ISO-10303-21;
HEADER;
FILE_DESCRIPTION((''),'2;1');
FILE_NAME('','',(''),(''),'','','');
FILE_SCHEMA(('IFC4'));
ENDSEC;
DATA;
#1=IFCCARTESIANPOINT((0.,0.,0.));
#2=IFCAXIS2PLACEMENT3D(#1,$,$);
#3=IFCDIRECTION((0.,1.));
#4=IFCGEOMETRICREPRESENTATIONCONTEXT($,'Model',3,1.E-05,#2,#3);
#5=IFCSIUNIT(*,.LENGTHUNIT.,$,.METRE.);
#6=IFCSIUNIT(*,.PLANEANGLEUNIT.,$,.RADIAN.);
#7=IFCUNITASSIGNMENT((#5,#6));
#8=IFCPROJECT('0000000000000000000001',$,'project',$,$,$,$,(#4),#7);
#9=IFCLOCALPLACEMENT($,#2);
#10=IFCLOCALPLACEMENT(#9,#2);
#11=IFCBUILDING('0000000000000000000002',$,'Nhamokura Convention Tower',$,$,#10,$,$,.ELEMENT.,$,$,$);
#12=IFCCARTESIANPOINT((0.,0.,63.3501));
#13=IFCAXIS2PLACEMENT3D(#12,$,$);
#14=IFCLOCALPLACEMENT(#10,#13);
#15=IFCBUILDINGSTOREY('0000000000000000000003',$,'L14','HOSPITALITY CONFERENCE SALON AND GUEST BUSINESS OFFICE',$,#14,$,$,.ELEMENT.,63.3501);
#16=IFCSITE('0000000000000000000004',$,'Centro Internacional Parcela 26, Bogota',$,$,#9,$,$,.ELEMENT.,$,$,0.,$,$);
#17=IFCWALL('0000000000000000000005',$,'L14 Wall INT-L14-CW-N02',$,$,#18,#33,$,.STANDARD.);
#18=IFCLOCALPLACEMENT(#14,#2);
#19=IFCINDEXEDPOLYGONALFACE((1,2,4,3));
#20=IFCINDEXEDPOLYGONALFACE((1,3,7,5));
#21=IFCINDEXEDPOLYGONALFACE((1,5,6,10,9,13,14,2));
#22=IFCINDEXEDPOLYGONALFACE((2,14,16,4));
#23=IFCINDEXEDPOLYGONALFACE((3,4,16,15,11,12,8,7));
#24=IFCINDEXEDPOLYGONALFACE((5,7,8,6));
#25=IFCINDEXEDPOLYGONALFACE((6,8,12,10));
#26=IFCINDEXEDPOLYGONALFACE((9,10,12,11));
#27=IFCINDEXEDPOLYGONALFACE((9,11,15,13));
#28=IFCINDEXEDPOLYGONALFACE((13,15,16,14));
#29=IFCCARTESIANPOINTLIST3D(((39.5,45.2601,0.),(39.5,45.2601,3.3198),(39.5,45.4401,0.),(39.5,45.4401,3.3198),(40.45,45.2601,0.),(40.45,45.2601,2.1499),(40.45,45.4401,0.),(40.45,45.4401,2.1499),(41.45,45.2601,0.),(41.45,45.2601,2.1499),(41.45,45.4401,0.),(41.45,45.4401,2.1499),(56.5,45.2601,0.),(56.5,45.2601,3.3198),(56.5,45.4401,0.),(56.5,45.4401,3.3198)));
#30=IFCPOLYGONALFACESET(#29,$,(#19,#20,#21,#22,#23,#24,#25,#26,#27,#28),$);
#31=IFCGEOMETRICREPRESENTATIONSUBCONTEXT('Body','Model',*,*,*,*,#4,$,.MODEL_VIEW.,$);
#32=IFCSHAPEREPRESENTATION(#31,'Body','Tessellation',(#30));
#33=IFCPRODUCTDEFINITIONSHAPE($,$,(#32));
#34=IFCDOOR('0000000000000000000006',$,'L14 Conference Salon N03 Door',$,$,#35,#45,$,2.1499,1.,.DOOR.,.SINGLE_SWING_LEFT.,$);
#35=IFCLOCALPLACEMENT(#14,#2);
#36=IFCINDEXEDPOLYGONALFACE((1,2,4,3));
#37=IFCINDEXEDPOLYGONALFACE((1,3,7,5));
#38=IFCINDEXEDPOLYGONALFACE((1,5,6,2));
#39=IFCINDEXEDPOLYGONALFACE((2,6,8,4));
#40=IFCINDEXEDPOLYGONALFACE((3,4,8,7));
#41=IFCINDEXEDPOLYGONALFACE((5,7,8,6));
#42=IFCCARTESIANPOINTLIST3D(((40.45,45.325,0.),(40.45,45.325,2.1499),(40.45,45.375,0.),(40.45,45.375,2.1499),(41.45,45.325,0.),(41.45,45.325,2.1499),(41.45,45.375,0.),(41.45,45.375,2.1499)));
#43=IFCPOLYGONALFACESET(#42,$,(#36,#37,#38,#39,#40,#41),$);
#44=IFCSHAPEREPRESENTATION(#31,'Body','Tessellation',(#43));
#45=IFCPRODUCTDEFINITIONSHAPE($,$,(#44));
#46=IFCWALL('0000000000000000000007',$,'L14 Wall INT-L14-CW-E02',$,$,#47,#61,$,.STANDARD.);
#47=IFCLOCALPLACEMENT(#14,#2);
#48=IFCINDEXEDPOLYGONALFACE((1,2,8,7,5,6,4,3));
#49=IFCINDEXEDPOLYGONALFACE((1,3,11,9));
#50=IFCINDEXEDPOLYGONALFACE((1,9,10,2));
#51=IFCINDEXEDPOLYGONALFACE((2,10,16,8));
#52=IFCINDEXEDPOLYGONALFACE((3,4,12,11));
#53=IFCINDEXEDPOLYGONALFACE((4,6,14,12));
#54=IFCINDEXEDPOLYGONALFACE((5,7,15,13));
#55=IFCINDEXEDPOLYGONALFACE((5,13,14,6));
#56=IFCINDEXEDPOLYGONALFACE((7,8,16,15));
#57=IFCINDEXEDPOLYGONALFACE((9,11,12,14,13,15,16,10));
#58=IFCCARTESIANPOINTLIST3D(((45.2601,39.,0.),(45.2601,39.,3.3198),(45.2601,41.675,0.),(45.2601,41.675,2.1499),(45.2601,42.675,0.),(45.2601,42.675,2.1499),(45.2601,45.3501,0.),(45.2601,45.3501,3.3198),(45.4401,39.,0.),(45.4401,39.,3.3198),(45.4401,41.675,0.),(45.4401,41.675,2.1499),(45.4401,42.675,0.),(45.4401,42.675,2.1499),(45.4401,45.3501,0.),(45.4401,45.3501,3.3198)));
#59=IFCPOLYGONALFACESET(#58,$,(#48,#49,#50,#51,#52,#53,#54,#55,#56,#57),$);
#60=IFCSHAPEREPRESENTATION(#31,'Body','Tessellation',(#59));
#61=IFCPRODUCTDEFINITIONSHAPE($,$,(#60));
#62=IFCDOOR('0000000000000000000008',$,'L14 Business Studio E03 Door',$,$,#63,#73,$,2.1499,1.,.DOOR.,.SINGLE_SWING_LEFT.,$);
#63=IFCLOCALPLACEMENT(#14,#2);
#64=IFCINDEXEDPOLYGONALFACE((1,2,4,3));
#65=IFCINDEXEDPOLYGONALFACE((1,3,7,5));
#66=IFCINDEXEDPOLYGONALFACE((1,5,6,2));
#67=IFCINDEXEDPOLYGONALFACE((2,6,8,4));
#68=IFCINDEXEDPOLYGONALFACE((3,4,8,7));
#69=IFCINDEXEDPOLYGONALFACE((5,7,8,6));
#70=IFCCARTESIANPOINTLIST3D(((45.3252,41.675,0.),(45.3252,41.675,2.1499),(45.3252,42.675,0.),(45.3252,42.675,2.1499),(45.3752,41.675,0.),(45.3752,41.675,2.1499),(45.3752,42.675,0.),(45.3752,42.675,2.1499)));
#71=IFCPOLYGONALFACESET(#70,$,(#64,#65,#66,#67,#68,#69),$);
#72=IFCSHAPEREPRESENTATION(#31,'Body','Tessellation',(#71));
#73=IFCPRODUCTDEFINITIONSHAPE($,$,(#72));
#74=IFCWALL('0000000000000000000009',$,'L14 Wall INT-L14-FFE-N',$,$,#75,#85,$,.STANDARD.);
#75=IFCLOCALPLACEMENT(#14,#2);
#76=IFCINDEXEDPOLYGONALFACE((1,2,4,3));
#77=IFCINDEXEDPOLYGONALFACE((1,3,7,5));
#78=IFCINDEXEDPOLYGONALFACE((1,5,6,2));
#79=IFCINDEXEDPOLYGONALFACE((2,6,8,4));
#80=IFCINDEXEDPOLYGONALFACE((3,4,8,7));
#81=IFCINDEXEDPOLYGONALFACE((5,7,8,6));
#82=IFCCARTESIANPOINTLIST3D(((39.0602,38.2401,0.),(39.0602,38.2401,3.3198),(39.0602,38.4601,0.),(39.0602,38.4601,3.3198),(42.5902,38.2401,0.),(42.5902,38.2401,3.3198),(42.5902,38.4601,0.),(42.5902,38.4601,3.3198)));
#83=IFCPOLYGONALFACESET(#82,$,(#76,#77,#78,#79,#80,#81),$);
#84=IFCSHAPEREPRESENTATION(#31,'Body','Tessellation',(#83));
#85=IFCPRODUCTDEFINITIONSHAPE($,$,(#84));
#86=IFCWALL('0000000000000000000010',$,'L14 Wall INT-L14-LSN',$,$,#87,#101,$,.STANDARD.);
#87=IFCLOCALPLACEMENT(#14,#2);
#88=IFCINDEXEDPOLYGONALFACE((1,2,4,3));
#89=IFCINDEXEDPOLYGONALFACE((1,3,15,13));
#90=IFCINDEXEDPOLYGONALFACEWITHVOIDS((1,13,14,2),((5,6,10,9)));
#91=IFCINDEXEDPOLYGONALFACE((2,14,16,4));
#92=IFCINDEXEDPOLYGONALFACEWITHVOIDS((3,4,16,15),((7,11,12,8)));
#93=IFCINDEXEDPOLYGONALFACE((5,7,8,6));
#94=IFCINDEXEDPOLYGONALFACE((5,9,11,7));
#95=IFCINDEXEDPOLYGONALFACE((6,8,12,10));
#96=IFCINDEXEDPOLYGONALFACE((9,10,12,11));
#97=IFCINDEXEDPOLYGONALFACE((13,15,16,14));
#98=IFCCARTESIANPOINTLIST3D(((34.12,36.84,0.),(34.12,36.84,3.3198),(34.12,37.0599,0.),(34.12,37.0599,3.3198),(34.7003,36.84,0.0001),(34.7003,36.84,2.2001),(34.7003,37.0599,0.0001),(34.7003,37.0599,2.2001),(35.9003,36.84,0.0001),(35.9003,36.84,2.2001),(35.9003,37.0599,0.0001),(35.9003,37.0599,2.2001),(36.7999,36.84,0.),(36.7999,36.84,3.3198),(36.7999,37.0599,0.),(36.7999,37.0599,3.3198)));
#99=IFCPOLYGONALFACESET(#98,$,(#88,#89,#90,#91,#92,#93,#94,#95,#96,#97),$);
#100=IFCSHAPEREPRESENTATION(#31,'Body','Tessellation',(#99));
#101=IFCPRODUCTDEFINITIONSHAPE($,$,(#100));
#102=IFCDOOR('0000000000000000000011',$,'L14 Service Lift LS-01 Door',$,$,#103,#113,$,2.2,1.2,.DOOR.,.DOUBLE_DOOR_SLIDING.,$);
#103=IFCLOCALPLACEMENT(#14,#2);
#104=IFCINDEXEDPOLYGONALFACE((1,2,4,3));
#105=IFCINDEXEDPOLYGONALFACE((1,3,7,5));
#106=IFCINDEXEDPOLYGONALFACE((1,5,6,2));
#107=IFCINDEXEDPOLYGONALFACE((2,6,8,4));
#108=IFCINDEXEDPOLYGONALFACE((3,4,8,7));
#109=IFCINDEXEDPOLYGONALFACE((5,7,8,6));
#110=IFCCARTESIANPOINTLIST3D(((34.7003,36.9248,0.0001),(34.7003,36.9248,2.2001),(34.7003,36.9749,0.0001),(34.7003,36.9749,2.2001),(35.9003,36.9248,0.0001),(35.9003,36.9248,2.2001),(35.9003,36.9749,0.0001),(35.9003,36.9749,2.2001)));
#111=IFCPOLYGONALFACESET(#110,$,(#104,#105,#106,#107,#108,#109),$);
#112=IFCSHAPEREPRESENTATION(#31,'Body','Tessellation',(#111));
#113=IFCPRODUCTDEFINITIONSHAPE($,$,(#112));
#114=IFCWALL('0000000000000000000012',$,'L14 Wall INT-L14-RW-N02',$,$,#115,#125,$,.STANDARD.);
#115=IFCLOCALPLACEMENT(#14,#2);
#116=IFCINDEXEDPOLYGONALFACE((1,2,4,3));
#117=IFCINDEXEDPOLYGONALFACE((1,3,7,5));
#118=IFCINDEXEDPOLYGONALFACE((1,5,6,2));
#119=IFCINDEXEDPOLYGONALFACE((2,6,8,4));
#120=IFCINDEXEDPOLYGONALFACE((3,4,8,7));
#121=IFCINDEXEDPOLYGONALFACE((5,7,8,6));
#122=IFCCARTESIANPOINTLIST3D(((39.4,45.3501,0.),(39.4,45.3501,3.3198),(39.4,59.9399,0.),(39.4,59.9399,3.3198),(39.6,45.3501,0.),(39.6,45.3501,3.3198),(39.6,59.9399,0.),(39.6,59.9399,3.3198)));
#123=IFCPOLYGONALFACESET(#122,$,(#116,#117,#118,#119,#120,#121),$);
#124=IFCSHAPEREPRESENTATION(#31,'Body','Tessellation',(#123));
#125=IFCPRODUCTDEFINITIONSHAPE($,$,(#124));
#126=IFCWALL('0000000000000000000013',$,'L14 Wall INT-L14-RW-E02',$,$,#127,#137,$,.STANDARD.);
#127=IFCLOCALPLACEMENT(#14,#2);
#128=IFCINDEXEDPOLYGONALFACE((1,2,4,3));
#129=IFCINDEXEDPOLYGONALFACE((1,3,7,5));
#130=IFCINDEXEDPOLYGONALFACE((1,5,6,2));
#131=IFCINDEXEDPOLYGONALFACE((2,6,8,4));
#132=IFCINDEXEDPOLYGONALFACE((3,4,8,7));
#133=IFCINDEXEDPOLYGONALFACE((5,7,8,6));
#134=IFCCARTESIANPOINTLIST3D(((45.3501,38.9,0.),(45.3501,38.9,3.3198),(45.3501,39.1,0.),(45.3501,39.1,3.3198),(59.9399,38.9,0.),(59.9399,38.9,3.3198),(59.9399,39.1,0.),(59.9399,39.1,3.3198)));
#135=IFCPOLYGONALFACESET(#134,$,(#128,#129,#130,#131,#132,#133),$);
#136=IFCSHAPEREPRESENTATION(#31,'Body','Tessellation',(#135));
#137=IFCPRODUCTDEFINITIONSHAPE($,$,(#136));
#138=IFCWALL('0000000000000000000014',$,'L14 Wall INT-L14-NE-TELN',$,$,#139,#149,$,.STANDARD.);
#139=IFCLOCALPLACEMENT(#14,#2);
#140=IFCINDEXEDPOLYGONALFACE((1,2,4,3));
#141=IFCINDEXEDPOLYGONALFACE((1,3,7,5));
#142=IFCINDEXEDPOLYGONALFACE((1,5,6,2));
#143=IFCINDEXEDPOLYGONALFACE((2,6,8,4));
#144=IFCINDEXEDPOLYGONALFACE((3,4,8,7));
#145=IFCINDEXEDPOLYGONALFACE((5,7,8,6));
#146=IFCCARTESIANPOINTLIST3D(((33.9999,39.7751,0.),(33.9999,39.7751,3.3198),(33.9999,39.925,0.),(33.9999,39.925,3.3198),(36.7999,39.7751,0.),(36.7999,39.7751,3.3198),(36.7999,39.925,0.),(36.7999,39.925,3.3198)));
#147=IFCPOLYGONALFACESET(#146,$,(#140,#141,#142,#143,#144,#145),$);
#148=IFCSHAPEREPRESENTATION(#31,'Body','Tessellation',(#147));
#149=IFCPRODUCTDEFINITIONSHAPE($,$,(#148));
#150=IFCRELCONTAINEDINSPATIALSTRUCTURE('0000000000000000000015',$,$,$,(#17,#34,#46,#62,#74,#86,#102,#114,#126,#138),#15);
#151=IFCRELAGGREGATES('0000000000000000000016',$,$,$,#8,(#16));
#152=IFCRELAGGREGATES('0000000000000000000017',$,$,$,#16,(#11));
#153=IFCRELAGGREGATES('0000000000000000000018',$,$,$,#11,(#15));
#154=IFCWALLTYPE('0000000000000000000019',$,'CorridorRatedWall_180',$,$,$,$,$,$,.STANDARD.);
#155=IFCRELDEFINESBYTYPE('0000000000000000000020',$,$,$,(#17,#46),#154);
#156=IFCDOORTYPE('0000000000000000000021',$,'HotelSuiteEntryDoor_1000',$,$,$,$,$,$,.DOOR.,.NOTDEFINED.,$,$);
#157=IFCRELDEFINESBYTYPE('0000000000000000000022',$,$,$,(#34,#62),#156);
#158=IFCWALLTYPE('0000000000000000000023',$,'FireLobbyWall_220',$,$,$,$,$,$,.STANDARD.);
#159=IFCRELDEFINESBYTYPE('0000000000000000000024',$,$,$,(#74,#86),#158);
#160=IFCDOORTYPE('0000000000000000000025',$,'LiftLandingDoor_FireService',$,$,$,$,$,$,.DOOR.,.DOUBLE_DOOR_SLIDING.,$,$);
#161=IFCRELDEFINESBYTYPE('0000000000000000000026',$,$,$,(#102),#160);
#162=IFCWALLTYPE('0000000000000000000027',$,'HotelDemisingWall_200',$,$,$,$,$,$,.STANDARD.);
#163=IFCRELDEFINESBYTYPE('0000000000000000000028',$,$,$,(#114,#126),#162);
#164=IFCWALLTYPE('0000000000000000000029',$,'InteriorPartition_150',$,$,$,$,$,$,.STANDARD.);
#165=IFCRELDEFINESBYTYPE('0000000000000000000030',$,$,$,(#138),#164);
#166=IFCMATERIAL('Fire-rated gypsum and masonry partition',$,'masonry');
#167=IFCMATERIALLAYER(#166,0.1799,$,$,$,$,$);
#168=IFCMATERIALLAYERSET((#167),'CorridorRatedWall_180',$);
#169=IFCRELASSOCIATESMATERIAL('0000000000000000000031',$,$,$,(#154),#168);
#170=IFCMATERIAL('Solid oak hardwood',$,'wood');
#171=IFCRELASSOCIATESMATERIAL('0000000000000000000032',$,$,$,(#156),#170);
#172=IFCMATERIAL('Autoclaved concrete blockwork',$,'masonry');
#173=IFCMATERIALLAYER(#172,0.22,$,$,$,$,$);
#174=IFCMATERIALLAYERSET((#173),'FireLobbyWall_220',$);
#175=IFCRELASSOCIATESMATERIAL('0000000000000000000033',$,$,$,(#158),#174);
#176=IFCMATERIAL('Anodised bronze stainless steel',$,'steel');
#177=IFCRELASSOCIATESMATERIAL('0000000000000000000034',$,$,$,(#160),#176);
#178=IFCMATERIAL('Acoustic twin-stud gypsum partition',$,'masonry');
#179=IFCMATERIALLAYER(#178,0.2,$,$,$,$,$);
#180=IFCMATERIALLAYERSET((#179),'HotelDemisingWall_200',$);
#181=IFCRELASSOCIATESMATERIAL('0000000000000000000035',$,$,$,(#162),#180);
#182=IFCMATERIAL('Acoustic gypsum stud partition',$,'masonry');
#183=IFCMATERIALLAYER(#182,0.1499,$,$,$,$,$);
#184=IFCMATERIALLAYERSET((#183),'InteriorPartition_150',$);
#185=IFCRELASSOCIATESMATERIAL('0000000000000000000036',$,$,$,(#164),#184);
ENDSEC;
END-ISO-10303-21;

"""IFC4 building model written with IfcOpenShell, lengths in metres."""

from ifc_helpers import new_model, si_unit, direction, frame, frame_2d, origin, place, context, subcontext, project, spatial, rectangle, extrude, material, layer, layer_set, type_object, element, fill, save


model = new_model("IFC4")

# Units and contexts
model_context = context("Model", 3, precision=1e-05, world=origin(), true_north=direction((0.0, 1.0)))
body_context = subcontext(model_context, "Body", "Model", "MODEL_VIEW")
ifc_project = project(units=[si_unit("LENGTHUNIT", "METRE"), si_unit("PLANEANGLEUNIT", "RADIAN")], contexts=[model_context])

# Site, building, storey
site_placement = place(None, origin())
site = spatial("IfcSite", under=ifc_project, at=site_placement, Name="Centro Internacional Parcela 26, Bogota", CompositionType="ELEMENT", RefElevation=0.0)
building_placement = place(site_placement, origin())
building = spatial("IfcBuilding", under=site, at=building_placement, Name="Nhamokura Convention Tower", CompositionType="ELEMENT")
storey_placement = place(building_placement, frame((0.0, 0.0, 63.3501)))
storey = spatial("IfcBuildingStorey", under=building, at=storey_placement, Name="L14", Description="HOSPITALITY CONFERENCE SALON AND GUEST BUSINESS OFFICE", CompositionType="ELEMENT", Elevation=63.3501)

# Walls, openings, doors
ifc_material_1 = material(Name="Fire-rated gypsum and masonry partition", Category="masonry")
ifc_layer_1 = layer(ifc_material_1, 0.1799)
ifc_layer_set_1 = layer_set([ifc_layer_1], Name="CorridorRatedWall_180")
wall_type_1 = type_object("IfcWallType", Name="CorridorRatedWall_180", PredefinedType="STANDARD", material=ifc_layer_set_1)
wall_1_placement = place(storey_placement, frame((39.5, 45.3501, 0.0), z_axis=(0.0, 0.0, 1.0), x_axis=(1.0, 0.0, 0.0)))
wall_1 = element("IfcWall", 1, at=wall_1_placement, inside=storey, type_object=wall_type_1, Name="L14 Wall INT-L14-CW-N02", PredefinedType="STANDARD", context=body_context, shape_type="SweptSolid", body=[
    extrude(rectangle(XDim=17.0, YDim=0.1799, at=frame_2d((8.5, 0.0))), origin(), (0.0, 0.0, 1.0), 3.3198),
])
opening_1_placement = place(wall_1_placement, frame((0.95, 0.0, 0.0)))
opening_1 = element("IfcOpeningElement", 2, at=opening_1_placement, cuts=wall_1, PredefinedType="OPENING", context=body_context, shape_type="SweptSolid", body=[
    extrude(rectangle(XDim=1.0, YDim=2.1499, at=frame_2d((0.5, 1.075))), frame((0.0, 0.0999, 0.0), z_axis=(0.0, -1.0, 0.0), x_axis=(1.0, 0.0, 0.0)), (0.0, 0.0, 1.0), 0.2),
])
ifc_material_2 = material(Name="Solid oak hardwood", Category="wood")
door_type_1 = type_object("IfcDoorType", Name="HotelSuiteEntryDoor_1000", OperationType="NOTDEFINED", PredefinedType="DOOR", material=ifc_material_2)
door_1_placement = place(opening_1_placement, origin())
door_1 = element("IfcDoor", 3, at=door_1_placement, inside=storey, type_object=door_type_1, Name="L14 Conference Salon N03 Door", OperationType="SINGLE_SWING_LEFT", OverallHeight=2.1499, OverallWidth=1.0, PredefinedType="DOOR", context=body_context, shape_type="SweptSolid", body=[
    extrude(rectangle(XDim=1.0, YDim=2.1499, at=frame_2d((0.5, 1.075))), frame((0.0, 0.0249, 0.0), z_axis=(0.0, -1.0, 0.0), x_axis=(1.0, 0.0, 0.0)), (0.0, 0.0, 1.0), 0.05),
])
fill(opening_1, door_1)
wall_2_placement = place(storey_placement, frame((45.3501, 39.0, 0.0), z_axis=(0.0, 0.0, 1.0), x_axis=(0.0, 1.0, 0.0)))
wall_2 = element("IfcWall", 4, at=wall_2_placement, inside=storey, type_object=wall_type_1, Name="L14 Wall INT-L14-CW-E02", PredefinedType="STANDARD", context=body_context, shape_type="SweptSolid", body=[
    extrude(rectangle(XDim=6.3501, YDim=0.1799, at=frame_2d((3.175, 0.0))), origin(), (0.0, 0.0, 1.0), 3.3198),
])
opening_2_placement = place(wall_2_placement, frame((2.675, 0.0, 0.0)))
opening_2 = element("IfcOpeningElement", 5, at=opening_2_placement, cuts=wall_2, PredefinedType="OPENING", context=body_context, shape_type="SweptSolid", body=[
    extrude(rectangle(XDim=1.0, YDim=2.1499, at=frame_2d((0.5, 1.075))), frame((0.0, 0.0999, 0.0), z_axis=(0.0, -1.0, 0.0), x_axis=(1.0, 0.0, 0.0)), (0.0, 0.0, 1.0), 0.2),
])
door_2_placement = place(opening_2_placement, origin())
door_2 = element("IfcDoor", 6, at=door_2_placement, inside=storey, type_object=door_type_1, Name="L14 Business Studio E03 Door", OperationType="SINGLE_SWING_LEFT", OverallHeight=2.1499, OverallWidth=1.0, PredefinedType="DOOR", context=body_context, shape_type="SweptSolid", body=[
    extrude(rectangle(XDim=1.0, YDim=2.1499, at=frame_2d((0.5, 1.075))), frame((0.0, 0.0249, 0.0), z_axis=(0.0, -1.0, 0.0), x_axis=(1.0, 0.0, 0.0)), (0.0, 0.0, 1.0), 0.05),
])
fill(opening_2, door_2)

# Wall
ifc_material_3 = material(Name="Autoclaved concrete blockwork", Category="masonry")
ifc_layer_2 = layer(ifc_material_3, 0.22)
ifc_layer_set_2 = layer_set([ifc_layer_2], Name="FireLobbyWall_220")
wall_type_2 = type_object("IfcWallType", Name="FireLobbyWall_220", PredefinedType="STANDARD", material=ifc_layer_set_2)
wall_3_placement = place(storey_placement, frame((39.0601, 38.3501, 0.0), z_axis=(0.0, 0.0, 1.0), x_axis=(1.0, 0.0, 0.0)))
element("IfcWall", 7, at=wall_3_placement, inside=storey, type_object=wall_type_2, Name="L14 Wall INT-L14-FFE-N", PredefinedType="STANDARD", context=body_context, shape_type="SweptSolid", body=[
    extrude(rectangle(XDim=3.53, YDim=0.22, at=frame_2d((1.7651, 0.0))), origin(), (0.0, 0.0, 1.0), 3.3198),
])

# Wall, opening, door
wall_4_placement = place(storey_placement, frame((34.1201, 36.95, 0.0), z_axis=(0.0, 0.0, 1.0), x_axis=(1.0, 0.0, 0.0)))
wall_4 = element("IfcWall", 8, at=wall_4_placement, inside=storey, type_object=wall_type_2, Name="L14 Wall INT-L14-LSN", PredefinedType="STANDARD", context=body_context, shape_type="SweptSolid", body=[
    extrude(rectangle(XDim=2.6799, YDim=0.22, at=frame_2d((1.3398, 0.0))), origin(), (0.0, 0.0, 1.0), 3.3198),
])
opening_3_placement = place(wall_4_placement, frame((0.5801, 0.0, 0.0)))
opening_3 = element("IfcOpeningElement", 9, at=opening_3_placement, cuts=wall_4, PredefinedType="OPENING", context=body_context, shape_type="SweptSolid", body=[
    extrude(rectangle(XDim=1.2, YDim=2.2, at=frame_2d((0.6001, 1.1001))), frame((0.0, 0.1199, 0.0), z_axis=(0.0, -1.0, 0.0), x_axis=(1.0, 0.0, 0.0)), (0.0, 0.0, 1.0), 0.24),
])
ifc_material_4 = material(Name="Anodised bronze stainless steel", Category="steel")
door_type_2 = type_object("IfcDoorType", Name="LiftLandingDoor_FireService", OperationType="DOUBLE_DOOR_SLIDING", PredefinedType="DOOR", material=ifc_material_4)
door_3_placement = place(opening_3_placement, origin())
door_3 = element("IfcDoor", 10, at=door_3_placement, inside=storey, type_object=door_type_2, Name="L14 Service Lift LS-01 Door", OperationType="DOUBLE_DOOR_SLIDING", OverallHeight=2.2, OverallWidth=1.2, PredefinedType="DOOR", context=body_context, shape_type="SweptSolid", body=[
    extrude(rectangle(XDim=1.2, YDim=2.2, at=frame_2d((0.6001, 1.1001))), frame((0.0, 0.0249, 0.0), z_axis=(0.0, -1.0, 0.0), x_axis=(1.0, 0.0, 0.0)), (0.0, 0.0, 1.0), 0.05),
])
fill(opening_3, door_3)

# Walls
ifc_material_5 = material(Name="Acoustic twin-stud gypsum partition", Category="masonry")
ifc_layer_3 = layer(ifc_material_5, 0.2)
ifc_layer_set_3 = layer_set([ifc_layer_3], Name="HotelDemisingWall_200")
wall_type_3 = type_object("IfcWallType", Name="HotelDemisingWall_200", PredefinedType="STANDARD", material=ifc_layer_set_3)
for number, where, z_axis, x_axis, name in (
    (11, (39.5, 45.3501, 0.0), (0.0, 0.0, 1.0), (0.0, 1.0, 0.0), "L14 Wall INT-L14-RW-N02"),
    (12, (45.3501, 39.0, 0.0), (0.0, 0.0, 1.0), (1.0, 0.0, 0.0), "L14 Wall INT-L14-RW-E02"),
):
    element("IfcWall", number, at=place(storey_placement, frame(where, z_axis=z_axis, x_axis=x_axis)), inside=storey, type_object=wall_type_3, Name=name, PredefinedType="STANDARD", context=body_context, shape_type="SweptSolid", body=[
        extrude(rectangle(XDim=14.5898, YDim=0.2, at=frame_2d((7.2949, 0.0))), origin(), (0.0, 0.0, 1.0), 3.3198),
    ])
ifc_material_6 = material(Name="Acoustic gypsum stud partition", Category="masonry")
ifc_layer_4 = layer(ifc_material_6, 0.1499)
ifc_layer_set_4 = layer_set([ifc_layer_4], Name="InteriorPartition_150")
wall_type_4 = type_object("IfcWallType", Name="InteriorPartition_150", PredefinedType="STANDARD", material=ifc_layer_set_4)
wall_5_placement = place(storey_placement, frame((34.0, 39.8501, 0.0), z_axis=(0.0, 0.0, 1.0), x_axis=(1.0, 0.0, 0.0)))
element("IfcWall", 13, at=wall_5_placement, inside=storey, type_object=wall_type_4, Name="L14 Wall INT-L14-NE-TELN", PredefinedType="STANDARD", context=body_context, shape_type="SweptSolid", body=[
    extrude(rectangle(XDim=2.8, YDim=0.1499, at=frame_2d((1.3999, 0.0))), origin(), (0.0, 0.0, 1.0), 3.3198),
])

save(model, "model.ifc")
